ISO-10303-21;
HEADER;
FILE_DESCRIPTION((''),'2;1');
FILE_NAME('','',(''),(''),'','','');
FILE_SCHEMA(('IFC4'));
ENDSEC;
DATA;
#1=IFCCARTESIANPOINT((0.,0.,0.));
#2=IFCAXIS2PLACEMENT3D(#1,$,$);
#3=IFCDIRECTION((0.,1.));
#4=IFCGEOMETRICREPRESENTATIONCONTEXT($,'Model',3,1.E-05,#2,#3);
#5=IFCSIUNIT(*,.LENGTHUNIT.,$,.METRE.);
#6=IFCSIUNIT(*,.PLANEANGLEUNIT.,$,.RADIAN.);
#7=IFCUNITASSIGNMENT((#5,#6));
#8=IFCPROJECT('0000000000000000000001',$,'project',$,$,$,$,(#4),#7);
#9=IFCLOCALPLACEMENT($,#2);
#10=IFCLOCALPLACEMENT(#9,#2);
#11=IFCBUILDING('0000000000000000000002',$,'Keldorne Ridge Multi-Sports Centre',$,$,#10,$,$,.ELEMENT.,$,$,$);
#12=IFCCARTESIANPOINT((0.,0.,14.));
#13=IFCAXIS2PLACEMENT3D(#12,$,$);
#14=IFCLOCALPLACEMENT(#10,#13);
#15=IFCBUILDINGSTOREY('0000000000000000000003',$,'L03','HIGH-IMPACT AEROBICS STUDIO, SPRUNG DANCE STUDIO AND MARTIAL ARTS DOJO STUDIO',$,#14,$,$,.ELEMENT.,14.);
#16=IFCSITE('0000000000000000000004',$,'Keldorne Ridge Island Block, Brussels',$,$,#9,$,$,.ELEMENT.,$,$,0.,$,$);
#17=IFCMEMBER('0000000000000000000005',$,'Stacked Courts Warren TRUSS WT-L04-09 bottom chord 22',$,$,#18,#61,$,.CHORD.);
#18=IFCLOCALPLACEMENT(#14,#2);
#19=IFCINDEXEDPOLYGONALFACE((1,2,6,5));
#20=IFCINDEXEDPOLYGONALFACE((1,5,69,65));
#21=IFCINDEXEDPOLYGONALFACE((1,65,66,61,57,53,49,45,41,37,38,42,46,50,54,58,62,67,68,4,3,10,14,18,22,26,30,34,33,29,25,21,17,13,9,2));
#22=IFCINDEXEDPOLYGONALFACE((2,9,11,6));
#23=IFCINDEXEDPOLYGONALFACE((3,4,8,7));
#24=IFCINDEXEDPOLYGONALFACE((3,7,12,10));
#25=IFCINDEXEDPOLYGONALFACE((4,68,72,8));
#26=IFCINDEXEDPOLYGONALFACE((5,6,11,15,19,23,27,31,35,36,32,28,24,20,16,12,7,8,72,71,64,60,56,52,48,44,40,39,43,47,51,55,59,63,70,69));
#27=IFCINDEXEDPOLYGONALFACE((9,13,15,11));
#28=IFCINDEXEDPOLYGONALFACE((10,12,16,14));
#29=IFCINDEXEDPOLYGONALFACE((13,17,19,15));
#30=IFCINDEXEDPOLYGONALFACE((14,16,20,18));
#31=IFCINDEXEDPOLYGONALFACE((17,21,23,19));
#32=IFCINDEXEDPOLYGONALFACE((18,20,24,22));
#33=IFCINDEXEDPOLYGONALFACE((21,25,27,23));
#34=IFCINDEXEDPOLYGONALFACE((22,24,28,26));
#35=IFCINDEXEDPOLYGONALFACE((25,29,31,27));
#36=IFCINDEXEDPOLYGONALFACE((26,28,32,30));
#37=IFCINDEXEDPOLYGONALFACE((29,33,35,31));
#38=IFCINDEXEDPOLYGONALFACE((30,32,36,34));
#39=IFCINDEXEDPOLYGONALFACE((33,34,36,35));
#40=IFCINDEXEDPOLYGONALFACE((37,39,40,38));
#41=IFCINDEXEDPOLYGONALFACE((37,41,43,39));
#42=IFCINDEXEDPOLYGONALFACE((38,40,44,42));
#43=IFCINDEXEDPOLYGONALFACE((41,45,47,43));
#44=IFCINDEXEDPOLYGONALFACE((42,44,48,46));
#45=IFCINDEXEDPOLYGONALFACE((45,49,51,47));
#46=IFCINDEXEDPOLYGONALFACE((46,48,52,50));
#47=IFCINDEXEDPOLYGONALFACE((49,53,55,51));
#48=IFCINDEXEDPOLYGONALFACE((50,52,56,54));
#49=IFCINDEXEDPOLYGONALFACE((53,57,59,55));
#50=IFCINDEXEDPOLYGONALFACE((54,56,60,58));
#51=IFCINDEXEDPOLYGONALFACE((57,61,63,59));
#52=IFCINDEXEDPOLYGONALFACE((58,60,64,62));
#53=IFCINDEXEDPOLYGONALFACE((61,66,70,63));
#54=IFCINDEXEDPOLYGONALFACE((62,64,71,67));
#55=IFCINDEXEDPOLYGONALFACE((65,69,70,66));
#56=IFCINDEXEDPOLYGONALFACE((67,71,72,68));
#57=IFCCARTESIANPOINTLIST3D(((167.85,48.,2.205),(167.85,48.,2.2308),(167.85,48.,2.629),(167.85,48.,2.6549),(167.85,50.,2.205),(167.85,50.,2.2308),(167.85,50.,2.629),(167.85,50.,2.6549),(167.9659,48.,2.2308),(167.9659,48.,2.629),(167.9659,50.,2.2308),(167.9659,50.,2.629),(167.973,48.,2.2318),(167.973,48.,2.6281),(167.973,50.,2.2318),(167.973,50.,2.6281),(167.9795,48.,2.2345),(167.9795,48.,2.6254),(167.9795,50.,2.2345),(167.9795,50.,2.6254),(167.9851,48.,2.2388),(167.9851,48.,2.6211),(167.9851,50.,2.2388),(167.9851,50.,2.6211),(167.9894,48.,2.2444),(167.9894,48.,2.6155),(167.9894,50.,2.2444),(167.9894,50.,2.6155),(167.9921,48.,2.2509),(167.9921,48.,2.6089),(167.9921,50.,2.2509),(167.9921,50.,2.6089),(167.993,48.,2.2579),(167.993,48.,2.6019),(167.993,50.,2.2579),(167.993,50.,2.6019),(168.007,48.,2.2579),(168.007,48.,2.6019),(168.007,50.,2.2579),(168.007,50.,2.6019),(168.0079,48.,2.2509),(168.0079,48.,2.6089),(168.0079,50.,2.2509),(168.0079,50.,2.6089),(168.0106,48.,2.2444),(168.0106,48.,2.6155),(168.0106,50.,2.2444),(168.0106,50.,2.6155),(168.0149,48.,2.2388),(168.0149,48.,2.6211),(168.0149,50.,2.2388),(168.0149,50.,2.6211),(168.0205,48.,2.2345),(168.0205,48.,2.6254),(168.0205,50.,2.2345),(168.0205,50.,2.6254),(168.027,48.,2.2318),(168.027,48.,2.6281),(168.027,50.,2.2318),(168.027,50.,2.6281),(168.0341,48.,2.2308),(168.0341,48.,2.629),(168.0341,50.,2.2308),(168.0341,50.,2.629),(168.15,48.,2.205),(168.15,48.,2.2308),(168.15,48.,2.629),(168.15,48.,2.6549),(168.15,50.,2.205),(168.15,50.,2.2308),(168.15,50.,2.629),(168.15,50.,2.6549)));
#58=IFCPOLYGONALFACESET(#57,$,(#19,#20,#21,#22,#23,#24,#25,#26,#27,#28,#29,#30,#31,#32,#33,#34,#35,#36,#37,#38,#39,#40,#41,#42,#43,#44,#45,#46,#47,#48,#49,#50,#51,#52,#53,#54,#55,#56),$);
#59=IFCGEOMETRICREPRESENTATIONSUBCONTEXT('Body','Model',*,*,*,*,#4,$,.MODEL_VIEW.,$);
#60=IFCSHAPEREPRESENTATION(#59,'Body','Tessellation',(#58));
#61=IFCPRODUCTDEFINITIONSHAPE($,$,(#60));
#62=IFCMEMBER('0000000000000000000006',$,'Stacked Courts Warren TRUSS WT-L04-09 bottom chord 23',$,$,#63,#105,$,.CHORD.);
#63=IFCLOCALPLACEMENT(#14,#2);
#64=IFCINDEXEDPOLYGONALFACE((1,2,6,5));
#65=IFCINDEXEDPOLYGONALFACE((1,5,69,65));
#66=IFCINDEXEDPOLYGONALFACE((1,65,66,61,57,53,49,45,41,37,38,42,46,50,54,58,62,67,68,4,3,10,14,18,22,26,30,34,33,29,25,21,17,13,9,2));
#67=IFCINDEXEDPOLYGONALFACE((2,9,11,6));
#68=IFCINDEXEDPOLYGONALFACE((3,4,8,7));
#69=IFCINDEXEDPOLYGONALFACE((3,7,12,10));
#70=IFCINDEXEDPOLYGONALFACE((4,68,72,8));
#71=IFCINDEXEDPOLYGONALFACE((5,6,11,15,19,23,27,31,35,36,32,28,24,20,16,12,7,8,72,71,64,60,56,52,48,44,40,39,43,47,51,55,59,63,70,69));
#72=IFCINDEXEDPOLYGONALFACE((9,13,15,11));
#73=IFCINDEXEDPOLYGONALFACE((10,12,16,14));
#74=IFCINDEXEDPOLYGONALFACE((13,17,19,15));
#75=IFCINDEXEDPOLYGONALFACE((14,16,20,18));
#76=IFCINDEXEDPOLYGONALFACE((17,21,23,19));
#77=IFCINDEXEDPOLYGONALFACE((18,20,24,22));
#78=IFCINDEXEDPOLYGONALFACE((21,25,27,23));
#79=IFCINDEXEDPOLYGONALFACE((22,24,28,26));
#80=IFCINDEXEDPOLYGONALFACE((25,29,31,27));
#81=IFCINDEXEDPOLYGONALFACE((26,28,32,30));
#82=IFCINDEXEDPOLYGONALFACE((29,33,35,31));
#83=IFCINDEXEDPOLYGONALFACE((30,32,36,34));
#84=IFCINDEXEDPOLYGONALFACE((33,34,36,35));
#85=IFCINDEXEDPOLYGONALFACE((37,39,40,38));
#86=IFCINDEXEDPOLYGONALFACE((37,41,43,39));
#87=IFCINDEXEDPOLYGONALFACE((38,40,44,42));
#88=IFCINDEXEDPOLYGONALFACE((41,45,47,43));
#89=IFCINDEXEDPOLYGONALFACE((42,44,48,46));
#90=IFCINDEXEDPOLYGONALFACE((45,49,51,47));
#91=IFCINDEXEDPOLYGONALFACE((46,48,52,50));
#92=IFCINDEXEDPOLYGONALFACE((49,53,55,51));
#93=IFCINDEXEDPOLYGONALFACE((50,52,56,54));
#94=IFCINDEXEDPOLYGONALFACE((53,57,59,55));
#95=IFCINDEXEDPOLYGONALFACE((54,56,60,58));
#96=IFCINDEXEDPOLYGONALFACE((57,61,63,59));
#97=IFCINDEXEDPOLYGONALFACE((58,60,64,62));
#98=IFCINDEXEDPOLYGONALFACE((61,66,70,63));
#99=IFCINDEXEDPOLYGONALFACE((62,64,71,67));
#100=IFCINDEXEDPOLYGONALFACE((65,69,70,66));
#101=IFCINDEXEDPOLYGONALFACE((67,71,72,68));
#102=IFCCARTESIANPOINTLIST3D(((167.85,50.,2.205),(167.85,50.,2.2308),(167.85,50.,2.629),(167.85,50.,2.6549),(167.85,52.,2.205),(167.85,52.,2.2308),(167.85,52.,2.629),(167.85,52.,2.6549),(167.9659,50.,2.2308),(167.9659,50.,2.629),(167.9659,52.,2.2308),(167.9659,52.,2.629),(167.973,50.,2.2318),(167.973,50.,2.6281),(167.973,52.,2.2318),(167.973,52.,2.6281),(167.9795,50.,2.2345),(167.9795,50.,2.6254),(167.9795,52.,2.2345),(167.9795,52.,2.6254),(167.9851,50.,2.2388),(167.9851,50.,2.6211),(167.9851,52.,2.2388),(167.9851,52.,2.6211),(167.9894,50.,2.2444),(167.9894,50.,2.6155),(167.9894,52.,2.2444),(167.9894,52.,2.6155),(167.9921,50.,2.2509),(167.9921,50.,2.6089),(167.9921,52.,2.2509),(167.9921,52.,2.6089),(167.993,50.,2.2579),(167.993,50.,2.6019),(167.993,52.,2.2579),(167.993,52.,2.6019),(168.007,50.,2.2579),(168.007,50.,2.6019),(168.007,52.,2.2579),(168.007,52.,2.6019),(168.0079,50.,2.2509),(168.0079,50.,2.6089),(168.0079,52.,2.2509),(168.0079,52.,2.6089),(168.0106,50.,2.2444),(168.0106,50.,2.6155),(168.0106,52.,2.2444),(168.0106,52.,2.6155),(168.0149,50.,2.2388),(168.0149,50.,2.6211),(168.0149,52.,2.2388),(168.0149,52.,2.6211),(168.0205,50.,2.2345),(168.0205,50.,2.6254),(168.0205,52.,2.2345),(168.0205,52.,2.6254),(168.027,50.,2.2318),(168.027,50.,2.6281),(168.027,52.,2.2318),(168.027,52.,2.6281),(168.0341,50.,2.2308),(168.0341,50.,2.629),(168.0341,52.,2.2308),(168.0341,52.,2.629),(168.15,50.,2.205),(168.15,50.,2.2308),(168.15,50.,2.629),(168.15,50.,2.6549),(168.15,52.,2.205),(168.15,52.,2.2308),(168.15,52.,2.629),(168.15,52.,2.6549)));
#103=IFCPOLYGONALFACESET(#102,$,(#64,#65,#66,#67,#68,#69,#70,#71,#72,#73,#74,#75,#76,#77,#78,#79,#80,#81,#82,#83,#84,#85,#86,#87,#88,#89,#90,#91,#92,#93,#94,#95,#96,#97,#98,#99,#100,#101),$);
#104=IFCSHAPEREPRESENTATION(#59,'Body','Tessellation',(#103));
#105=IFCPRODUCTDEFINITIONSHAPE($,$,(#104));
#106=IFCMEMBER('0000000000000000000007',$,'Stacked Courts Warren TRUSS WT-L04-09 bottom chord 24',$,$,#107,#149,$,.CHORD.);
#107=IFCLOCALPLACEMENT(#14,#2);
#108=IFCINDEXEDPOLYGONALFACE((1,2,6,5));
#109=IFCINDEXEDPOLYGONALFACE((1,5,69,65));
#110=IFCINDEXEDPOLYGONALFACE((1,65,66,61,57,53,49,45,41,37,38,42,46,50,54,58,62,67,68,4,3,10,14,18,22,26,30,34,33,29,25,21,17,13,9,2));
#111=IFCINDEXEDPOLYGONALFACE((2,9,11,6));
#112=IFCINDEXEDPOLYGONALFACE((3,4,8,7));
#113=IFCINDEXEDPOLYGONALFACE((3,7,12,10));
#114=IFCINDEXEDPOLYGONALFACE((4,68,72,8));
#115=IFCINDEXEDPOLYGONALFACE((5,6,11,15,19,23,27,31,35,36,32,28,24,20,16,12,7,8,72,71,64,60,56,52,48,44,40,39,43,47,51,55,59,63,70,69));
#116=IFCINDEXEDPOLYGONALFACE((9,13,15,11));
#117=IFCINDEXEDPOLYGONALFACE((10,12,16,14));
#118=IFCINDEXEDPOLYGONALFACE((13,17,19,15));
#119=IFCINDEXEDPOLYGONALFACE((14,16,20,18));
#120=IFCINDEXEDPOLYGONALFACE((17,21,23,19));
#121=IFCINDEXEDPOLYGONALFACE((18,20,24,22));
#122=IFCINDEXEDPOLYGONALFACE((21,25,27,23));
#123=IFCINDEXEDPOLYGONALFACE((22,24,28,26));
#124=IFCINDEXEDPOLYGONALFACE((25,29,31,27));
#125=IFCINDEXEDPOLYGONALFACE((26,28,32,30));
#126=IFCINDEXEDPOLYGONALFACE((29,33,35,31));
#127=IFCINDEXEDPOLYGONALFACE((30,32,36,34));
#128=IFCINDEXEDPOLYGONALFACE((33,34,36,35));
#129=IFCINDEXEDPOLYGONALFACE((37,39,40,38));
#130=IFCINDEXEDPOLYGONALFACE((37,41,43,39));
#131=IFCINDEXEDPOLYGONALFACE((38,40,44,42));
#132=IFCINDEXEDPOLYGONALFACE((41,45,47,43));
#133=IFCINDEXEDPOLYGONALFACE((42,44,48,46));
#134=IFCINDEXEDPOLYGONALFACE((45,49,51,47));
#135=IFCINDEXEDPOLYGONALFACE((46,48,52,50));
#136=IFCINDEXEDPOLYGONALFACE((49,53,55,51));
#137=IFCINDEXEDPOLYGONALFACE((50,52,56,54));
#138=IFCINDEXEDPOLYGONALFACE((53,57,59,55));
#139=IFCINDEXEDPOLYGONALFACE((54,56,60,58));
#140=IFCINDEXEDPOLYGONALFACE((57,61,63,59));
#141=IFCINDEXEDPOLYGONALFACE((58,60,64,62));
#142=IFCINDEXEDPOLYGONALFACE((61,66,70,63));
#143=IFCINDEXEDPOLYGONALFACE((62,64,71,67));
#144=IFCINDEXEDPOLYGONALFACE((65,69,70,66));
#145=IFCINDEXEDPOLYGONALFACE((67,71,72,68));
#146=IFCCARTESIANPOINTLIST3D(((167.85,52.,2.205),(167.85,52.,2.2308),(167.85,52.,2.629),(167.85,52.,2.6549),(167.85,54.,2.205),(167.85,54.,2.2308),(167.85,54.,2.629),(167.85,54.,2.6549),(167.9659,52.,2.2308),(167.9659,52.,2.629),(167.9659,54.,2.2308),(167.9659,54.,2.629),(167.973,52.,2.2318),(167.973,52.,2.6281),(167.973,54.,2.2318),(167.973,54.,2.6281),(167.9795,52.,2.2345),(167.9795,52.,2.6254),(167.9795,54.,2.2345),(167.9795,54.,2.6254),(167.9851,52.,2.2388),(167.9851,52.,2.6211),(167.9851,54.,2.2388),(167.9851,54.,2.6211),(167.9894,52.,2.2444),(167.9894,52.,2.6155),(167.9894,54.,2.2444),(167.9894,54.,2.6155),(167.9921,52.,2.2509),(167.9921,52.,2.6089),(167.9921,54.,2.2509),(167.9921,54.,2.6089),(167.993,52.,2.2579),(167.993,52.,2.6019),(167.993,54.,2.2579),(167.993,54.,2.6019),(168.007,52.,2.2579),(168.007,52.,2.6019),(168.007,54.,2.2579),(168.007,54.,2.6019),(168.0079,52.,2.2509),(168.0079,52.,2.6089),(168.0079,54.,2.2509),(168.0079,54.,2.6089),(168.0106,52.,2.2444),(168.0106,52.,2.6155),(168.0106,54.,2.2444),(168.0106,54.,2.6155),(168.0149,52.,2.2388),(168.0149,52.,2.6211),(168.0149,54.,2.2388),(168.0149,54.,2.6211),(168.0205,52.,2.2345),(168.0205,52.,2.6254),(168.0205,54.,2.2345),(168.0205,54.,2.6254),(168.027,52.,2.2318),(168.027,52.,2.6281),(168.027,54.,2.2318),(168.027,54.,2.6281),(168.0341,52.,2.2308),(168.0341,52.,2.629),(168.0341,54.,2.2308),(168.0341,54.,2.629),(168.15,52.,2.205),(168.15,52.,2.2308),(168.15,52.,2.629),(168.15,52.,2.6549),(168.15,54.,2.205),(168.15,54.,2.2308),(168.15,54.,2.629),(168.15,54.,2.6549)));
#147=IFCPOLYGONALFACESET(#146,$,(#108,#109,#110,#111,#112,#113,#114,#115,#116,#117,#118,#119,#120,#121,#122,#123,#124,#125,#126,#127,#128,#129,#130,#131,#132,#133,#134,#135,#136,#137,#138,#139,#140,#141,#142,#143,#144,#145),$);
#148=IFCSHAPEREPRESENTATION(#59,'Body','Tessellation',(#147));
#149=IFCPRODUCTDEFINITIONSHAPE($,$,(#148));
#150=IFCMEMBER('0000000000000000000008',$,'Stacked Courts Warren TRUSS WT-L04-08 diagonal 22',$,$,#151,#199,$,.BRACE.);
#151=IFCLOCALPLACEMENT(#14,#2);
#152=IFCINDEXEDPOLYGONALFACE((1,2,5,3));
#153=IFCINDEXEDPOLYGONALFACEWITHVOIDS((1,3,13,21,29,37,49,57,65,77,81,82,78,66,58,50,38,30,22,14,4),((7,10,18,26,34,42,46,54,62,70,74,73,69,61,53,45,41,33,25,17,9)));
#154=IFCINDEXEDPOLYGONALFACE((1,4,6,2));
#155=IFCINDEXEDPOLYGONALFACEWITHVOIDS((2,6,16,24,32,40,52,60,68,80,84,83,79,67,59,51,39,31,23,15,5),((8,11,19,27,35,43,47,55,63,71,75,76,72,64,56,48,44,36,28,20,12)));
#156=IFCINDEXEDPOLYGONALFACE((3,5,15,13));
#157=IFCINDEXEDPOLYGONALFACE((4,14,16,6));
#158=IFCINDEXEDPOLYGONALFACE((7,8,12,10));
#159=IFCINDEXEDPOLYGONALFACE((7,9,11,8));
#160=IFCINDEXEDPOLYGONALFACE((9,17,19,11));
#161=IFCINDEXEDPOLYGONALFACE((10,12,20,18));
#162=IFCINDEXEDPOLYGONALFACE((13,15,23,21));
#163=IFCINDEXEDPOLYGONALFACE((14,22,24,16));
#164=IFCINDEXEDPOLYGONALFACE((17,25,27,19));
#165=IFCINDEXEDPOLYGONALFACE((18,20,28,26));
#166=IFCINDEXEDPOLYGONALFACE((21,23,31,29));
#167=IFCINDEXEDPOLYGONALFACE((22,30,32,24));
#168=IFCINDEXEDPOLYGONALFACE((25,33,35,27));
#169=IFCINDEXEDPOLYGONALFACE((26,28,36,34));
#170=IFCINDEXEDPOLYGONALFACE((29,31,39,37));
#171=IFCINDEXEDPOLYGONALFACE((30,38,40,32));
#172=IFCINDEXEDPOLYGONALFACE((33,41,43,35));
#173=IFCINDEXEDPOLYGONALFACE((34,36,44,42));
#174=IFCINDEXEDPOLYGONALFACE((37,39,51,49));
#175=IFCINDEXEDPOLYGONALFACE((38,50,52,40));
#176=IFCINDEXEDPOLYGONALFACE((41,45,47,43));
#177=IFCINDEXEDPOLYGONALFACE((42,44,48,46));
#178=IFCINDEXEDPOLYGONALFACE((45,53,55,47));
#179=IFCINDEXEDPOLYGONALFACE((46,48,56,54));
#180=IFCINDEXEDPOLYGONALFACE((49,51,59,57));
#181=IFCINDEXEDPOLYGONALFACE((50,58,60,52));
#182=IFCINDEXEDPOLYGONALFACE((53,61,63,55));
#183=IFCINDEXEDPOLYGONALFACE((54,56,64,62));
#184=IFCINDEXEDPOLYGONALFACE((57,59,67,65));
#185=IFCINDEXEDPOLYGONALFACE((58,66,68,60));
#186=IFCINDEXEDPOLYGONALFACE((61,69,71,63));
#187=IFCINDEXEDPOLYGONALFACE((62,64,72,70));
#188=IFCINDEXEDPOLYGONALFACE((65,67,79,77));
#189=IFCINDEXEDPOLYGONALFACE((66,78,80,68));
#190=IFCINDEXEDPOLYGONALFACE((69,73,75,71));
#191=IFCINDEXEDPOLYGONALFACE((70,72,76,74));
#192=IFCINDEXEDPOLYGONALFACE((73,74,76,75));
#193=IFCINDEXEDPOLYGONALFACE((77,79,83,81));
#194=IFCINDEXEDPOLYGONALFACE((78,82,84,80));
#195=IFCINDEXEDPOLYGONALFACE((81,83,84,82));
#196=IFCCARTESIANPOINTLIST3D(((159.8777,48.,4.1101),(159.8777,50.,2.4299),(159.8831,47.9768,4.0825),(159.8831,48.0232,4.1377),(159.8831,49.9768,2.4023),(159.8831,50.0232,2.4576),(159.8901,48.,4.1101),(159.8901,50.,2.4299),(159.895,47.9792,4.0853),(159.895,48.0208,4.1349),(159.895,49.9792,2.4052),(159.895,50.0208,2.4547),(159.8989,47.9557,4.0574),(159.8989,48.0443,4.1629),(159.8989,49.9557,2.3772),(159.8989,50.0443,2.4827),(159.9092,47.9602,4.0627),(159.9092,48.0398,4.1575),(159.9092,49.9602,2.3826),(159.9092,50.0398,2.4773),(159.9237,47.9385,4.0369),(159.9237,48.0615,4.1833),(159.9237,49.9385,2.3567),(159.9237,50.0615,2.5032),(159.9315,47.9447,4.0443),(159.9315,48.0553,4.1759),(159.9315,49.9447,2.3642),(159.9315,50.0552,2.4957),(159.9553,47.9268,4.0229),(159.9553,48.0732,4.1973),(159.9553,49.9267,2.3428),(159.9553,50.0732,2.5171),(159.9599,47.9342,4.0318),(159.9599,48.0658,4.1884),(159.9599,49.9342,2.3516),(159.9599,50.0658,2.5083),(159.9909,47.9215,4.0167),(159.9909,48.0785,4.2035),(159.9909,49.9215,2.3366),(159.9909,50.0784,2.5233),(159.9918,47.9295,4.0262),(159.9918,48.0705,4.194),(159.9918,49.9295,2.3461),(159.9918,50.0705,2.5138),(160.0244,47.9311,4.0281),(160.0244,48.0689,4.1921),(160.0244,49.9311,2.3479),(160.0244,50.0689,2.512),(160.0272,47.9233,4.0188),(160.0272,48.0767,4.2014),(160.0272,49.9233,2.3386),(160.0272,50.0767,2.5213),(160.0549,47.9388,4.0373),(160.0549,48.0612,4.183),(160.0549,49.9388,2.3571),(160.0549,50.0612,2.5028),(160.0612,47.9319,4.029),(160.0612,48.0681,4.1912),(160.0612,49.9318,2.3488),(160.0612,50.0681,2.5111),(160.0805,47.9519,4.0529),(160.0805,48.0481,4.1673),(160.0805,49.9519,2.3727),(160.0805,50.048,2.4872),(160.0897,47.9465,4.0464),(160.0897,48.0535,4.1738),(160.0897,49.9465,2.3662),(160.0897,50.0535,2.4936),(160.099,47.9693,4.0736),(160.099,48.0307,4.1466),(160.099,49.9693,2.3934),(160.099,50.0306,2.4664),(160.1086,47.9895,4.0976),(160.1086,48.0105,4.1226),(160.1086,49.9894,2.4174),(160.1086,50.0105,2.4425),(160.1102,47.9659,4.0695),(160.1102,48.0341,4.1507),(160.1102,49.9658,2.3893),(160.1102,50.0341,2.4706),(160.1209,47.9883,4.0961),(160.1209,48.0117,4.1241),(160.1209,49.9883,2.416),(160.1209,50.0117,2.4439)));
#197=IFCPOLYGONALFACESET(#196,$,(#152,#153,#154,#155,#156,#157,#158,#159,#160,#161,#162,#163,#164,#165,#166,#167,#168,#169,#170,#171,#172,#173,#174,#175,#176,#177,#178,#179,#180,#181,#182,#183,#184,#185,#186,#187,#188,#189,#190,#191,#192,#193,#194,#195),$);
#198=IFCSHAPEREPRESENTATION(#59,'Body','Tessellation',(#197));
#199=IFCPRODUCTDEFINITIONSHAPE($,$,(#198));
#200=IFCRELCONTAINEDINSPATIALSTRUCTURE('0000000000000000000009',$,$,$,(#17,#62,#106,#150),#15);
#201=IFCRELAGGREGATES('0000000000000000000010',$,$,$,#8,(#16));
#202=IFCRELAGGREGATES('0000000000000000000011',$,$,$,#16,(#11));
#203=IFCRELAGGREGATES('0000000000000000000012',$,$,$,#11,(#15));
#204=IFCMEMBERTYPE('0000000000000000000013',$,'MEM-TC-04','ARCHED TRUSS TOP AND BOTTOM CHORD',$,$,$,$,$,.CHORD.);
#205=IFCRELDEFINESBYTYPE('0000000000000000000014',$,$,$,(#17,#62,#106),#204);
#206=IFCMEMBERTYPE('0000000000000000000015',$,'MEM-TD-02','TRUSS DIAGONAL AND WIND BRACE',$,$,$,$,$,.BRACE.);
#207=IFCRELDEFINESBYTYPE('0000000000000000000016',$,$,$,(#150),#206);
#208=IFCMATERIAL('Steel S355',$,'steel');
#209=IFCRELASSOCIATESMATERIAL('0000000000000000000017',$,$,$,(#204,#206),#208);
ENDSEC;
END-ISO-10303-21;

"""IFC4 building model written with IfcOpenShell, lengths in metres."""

from ifc_helpers import new_model, si_unit, direction, frame, origin, origin_2d, place, context, subcontext, project, spatial, hollow_circle, i_section, extrude, material, material_profile, profile_set, type_object, element, save


model = new_model("IFC4")

# Units and contexts
model_context = context("Model", 3, precision=1e-05, world=origin(), true_north=direction((0.0, 1.0)))
body_context = subcontext(model_context, "Body", "Model", "MODEL_VIEW")
ifc_project = project(units=[si_unit("LENGTHUNIT", "METRE"), si_unit("PLANEANGLEUNIT", "RADIAN")], contexts=[model_context])

# Site, building, storey
site_placement = place(None, origin())
site = spatial("IfcSite", under=ifc_project, at=site_placement, Name="Keldorne Ridge Island Block, Brussels", CompositionType="ELEMENT", RefElevation=0.0)
building_placement = place(site_placement, origin())
building = spatial("IfcBuilding", under=site, at=building_placement, Name="Keldorne Ridge Multi-Sports Centre", CompositionType="ELEMENT")
storey_placement = place(building_placement, frame((0.0, 0.0, 14.0)))
storey = spatial("IfcBuildingStorey", under=building, at=storey_placement, Name="L03", Description="HIGH-IMPACT AEROBICS STUDIO, SPRUNG DANCE STUDIO AND MARTIAL ARTS DOJO STUDIO", CompositionType="ELEMENT", Elevation=14.0)

# Shared definitions
ifc_material_1 = material(Name="Steel S355", Category="steel")

# Members
ifc_material_profile_1 = material_profile(ifc_material_1, i_section(OverallWidth=0.3, OverallDepth=0.45, WebThickness=0.0139, FlangeThickness=0.0259, FilletRadius=0.0271, at=origin_2d()), Name="HEB 450")
ifc_profile_set_1 = profile_set([ifc_material_profile_1], Name="Steel S355")
member_type_1 = type_object("IfcMemberType", Name="MEM-TC-04", Description="ARCHED TRUSS TOP AND BOTTOM CHORD", PredefinedType="CHORD", material=ifc_profile_set_1)
for number, where, z_axis, x_axis, name in (
    (1, (168.0, 48.0, 2.4299), (0.0, 1.0, 0.0), (-1.0, 0.0, 0.0), "Stacked Courts Warren TRUSS WT-L04-09 bottom chord 22"),
    (2, (168.0, 50.0, 2.4299), (0.0, 1.0, 0.0), (-1.0, 0.0, 0.0), "Stacked Courts Warren TRUSS WT-L04-09 bottom chord 23"),
    (3, (168.0, 52.0, 2.4299), (0.0, 1.0, 0.0), (-1.0, 0.0, 0.0), "Stacked Courts Warren TRUSS WT-L04-09 bottom chord 24"),
):
    element("IfcMember", number, at=place(storey_placement, frame(where, z_axis=z_axis, x_axis=x_axis)), inside=storey, type_object=member_type_1, Name=name, PredefinedType="CHORD", context=body_context, shape_type="SweptSolid", body=[
        extrude(i_section(OverallWidth=0.3, OverallDepth=0.45, WebThickness=0.0139, FlangeThickness=0.0259, FilletRadius=0.0271, at=origin_2d()), origin(), (0.0, 0.0, 1.0), 2.0),
    ])
ifc_material_profile_2 = material_profile(ifc_material_1, hollow_circle(Radius=0.1223, WallThickness=0.0125, at=origin_2d()), Name="CHS 244.5x12.5")
ifc_profile_set_2 = profile_set([ifc_material_profile_2], Name="Steel S355")
member_type_2 = type_object("IfcMemberType", Name="MEM-TD-02", Description="TRUSS DIAGONAL AND WIND BRACE", PredefinedType="BRACE", material=ifc_profile_set_2)
for number, where, z_axis, x_axis, name in (
    (4, (160.0, 48.0, 4.1101), (0.0, 0.765672, -0.643232), (-1.0, 0.0, 0.0), "Stacked Courts Warren TRUSS WT-L04-08 diagonal 22"),
):
    element("IfcMember", number, at=place(storey_placement, frame(where, z_axis=z_axis, x_axis=x_axis)), inside=storey, type_object=member_type_2, Name=name, PredefinedType="BRACE", context=body_context, shape_type="SweptSolid", body=[
        extrude(hollow_circle(Radius=0.1223, WallThickness=0.0125, at=origin_2d()), origin(), (0.0, 0.0, 1.0), 2.6121),
    ])

save(model, "model.ifc")
